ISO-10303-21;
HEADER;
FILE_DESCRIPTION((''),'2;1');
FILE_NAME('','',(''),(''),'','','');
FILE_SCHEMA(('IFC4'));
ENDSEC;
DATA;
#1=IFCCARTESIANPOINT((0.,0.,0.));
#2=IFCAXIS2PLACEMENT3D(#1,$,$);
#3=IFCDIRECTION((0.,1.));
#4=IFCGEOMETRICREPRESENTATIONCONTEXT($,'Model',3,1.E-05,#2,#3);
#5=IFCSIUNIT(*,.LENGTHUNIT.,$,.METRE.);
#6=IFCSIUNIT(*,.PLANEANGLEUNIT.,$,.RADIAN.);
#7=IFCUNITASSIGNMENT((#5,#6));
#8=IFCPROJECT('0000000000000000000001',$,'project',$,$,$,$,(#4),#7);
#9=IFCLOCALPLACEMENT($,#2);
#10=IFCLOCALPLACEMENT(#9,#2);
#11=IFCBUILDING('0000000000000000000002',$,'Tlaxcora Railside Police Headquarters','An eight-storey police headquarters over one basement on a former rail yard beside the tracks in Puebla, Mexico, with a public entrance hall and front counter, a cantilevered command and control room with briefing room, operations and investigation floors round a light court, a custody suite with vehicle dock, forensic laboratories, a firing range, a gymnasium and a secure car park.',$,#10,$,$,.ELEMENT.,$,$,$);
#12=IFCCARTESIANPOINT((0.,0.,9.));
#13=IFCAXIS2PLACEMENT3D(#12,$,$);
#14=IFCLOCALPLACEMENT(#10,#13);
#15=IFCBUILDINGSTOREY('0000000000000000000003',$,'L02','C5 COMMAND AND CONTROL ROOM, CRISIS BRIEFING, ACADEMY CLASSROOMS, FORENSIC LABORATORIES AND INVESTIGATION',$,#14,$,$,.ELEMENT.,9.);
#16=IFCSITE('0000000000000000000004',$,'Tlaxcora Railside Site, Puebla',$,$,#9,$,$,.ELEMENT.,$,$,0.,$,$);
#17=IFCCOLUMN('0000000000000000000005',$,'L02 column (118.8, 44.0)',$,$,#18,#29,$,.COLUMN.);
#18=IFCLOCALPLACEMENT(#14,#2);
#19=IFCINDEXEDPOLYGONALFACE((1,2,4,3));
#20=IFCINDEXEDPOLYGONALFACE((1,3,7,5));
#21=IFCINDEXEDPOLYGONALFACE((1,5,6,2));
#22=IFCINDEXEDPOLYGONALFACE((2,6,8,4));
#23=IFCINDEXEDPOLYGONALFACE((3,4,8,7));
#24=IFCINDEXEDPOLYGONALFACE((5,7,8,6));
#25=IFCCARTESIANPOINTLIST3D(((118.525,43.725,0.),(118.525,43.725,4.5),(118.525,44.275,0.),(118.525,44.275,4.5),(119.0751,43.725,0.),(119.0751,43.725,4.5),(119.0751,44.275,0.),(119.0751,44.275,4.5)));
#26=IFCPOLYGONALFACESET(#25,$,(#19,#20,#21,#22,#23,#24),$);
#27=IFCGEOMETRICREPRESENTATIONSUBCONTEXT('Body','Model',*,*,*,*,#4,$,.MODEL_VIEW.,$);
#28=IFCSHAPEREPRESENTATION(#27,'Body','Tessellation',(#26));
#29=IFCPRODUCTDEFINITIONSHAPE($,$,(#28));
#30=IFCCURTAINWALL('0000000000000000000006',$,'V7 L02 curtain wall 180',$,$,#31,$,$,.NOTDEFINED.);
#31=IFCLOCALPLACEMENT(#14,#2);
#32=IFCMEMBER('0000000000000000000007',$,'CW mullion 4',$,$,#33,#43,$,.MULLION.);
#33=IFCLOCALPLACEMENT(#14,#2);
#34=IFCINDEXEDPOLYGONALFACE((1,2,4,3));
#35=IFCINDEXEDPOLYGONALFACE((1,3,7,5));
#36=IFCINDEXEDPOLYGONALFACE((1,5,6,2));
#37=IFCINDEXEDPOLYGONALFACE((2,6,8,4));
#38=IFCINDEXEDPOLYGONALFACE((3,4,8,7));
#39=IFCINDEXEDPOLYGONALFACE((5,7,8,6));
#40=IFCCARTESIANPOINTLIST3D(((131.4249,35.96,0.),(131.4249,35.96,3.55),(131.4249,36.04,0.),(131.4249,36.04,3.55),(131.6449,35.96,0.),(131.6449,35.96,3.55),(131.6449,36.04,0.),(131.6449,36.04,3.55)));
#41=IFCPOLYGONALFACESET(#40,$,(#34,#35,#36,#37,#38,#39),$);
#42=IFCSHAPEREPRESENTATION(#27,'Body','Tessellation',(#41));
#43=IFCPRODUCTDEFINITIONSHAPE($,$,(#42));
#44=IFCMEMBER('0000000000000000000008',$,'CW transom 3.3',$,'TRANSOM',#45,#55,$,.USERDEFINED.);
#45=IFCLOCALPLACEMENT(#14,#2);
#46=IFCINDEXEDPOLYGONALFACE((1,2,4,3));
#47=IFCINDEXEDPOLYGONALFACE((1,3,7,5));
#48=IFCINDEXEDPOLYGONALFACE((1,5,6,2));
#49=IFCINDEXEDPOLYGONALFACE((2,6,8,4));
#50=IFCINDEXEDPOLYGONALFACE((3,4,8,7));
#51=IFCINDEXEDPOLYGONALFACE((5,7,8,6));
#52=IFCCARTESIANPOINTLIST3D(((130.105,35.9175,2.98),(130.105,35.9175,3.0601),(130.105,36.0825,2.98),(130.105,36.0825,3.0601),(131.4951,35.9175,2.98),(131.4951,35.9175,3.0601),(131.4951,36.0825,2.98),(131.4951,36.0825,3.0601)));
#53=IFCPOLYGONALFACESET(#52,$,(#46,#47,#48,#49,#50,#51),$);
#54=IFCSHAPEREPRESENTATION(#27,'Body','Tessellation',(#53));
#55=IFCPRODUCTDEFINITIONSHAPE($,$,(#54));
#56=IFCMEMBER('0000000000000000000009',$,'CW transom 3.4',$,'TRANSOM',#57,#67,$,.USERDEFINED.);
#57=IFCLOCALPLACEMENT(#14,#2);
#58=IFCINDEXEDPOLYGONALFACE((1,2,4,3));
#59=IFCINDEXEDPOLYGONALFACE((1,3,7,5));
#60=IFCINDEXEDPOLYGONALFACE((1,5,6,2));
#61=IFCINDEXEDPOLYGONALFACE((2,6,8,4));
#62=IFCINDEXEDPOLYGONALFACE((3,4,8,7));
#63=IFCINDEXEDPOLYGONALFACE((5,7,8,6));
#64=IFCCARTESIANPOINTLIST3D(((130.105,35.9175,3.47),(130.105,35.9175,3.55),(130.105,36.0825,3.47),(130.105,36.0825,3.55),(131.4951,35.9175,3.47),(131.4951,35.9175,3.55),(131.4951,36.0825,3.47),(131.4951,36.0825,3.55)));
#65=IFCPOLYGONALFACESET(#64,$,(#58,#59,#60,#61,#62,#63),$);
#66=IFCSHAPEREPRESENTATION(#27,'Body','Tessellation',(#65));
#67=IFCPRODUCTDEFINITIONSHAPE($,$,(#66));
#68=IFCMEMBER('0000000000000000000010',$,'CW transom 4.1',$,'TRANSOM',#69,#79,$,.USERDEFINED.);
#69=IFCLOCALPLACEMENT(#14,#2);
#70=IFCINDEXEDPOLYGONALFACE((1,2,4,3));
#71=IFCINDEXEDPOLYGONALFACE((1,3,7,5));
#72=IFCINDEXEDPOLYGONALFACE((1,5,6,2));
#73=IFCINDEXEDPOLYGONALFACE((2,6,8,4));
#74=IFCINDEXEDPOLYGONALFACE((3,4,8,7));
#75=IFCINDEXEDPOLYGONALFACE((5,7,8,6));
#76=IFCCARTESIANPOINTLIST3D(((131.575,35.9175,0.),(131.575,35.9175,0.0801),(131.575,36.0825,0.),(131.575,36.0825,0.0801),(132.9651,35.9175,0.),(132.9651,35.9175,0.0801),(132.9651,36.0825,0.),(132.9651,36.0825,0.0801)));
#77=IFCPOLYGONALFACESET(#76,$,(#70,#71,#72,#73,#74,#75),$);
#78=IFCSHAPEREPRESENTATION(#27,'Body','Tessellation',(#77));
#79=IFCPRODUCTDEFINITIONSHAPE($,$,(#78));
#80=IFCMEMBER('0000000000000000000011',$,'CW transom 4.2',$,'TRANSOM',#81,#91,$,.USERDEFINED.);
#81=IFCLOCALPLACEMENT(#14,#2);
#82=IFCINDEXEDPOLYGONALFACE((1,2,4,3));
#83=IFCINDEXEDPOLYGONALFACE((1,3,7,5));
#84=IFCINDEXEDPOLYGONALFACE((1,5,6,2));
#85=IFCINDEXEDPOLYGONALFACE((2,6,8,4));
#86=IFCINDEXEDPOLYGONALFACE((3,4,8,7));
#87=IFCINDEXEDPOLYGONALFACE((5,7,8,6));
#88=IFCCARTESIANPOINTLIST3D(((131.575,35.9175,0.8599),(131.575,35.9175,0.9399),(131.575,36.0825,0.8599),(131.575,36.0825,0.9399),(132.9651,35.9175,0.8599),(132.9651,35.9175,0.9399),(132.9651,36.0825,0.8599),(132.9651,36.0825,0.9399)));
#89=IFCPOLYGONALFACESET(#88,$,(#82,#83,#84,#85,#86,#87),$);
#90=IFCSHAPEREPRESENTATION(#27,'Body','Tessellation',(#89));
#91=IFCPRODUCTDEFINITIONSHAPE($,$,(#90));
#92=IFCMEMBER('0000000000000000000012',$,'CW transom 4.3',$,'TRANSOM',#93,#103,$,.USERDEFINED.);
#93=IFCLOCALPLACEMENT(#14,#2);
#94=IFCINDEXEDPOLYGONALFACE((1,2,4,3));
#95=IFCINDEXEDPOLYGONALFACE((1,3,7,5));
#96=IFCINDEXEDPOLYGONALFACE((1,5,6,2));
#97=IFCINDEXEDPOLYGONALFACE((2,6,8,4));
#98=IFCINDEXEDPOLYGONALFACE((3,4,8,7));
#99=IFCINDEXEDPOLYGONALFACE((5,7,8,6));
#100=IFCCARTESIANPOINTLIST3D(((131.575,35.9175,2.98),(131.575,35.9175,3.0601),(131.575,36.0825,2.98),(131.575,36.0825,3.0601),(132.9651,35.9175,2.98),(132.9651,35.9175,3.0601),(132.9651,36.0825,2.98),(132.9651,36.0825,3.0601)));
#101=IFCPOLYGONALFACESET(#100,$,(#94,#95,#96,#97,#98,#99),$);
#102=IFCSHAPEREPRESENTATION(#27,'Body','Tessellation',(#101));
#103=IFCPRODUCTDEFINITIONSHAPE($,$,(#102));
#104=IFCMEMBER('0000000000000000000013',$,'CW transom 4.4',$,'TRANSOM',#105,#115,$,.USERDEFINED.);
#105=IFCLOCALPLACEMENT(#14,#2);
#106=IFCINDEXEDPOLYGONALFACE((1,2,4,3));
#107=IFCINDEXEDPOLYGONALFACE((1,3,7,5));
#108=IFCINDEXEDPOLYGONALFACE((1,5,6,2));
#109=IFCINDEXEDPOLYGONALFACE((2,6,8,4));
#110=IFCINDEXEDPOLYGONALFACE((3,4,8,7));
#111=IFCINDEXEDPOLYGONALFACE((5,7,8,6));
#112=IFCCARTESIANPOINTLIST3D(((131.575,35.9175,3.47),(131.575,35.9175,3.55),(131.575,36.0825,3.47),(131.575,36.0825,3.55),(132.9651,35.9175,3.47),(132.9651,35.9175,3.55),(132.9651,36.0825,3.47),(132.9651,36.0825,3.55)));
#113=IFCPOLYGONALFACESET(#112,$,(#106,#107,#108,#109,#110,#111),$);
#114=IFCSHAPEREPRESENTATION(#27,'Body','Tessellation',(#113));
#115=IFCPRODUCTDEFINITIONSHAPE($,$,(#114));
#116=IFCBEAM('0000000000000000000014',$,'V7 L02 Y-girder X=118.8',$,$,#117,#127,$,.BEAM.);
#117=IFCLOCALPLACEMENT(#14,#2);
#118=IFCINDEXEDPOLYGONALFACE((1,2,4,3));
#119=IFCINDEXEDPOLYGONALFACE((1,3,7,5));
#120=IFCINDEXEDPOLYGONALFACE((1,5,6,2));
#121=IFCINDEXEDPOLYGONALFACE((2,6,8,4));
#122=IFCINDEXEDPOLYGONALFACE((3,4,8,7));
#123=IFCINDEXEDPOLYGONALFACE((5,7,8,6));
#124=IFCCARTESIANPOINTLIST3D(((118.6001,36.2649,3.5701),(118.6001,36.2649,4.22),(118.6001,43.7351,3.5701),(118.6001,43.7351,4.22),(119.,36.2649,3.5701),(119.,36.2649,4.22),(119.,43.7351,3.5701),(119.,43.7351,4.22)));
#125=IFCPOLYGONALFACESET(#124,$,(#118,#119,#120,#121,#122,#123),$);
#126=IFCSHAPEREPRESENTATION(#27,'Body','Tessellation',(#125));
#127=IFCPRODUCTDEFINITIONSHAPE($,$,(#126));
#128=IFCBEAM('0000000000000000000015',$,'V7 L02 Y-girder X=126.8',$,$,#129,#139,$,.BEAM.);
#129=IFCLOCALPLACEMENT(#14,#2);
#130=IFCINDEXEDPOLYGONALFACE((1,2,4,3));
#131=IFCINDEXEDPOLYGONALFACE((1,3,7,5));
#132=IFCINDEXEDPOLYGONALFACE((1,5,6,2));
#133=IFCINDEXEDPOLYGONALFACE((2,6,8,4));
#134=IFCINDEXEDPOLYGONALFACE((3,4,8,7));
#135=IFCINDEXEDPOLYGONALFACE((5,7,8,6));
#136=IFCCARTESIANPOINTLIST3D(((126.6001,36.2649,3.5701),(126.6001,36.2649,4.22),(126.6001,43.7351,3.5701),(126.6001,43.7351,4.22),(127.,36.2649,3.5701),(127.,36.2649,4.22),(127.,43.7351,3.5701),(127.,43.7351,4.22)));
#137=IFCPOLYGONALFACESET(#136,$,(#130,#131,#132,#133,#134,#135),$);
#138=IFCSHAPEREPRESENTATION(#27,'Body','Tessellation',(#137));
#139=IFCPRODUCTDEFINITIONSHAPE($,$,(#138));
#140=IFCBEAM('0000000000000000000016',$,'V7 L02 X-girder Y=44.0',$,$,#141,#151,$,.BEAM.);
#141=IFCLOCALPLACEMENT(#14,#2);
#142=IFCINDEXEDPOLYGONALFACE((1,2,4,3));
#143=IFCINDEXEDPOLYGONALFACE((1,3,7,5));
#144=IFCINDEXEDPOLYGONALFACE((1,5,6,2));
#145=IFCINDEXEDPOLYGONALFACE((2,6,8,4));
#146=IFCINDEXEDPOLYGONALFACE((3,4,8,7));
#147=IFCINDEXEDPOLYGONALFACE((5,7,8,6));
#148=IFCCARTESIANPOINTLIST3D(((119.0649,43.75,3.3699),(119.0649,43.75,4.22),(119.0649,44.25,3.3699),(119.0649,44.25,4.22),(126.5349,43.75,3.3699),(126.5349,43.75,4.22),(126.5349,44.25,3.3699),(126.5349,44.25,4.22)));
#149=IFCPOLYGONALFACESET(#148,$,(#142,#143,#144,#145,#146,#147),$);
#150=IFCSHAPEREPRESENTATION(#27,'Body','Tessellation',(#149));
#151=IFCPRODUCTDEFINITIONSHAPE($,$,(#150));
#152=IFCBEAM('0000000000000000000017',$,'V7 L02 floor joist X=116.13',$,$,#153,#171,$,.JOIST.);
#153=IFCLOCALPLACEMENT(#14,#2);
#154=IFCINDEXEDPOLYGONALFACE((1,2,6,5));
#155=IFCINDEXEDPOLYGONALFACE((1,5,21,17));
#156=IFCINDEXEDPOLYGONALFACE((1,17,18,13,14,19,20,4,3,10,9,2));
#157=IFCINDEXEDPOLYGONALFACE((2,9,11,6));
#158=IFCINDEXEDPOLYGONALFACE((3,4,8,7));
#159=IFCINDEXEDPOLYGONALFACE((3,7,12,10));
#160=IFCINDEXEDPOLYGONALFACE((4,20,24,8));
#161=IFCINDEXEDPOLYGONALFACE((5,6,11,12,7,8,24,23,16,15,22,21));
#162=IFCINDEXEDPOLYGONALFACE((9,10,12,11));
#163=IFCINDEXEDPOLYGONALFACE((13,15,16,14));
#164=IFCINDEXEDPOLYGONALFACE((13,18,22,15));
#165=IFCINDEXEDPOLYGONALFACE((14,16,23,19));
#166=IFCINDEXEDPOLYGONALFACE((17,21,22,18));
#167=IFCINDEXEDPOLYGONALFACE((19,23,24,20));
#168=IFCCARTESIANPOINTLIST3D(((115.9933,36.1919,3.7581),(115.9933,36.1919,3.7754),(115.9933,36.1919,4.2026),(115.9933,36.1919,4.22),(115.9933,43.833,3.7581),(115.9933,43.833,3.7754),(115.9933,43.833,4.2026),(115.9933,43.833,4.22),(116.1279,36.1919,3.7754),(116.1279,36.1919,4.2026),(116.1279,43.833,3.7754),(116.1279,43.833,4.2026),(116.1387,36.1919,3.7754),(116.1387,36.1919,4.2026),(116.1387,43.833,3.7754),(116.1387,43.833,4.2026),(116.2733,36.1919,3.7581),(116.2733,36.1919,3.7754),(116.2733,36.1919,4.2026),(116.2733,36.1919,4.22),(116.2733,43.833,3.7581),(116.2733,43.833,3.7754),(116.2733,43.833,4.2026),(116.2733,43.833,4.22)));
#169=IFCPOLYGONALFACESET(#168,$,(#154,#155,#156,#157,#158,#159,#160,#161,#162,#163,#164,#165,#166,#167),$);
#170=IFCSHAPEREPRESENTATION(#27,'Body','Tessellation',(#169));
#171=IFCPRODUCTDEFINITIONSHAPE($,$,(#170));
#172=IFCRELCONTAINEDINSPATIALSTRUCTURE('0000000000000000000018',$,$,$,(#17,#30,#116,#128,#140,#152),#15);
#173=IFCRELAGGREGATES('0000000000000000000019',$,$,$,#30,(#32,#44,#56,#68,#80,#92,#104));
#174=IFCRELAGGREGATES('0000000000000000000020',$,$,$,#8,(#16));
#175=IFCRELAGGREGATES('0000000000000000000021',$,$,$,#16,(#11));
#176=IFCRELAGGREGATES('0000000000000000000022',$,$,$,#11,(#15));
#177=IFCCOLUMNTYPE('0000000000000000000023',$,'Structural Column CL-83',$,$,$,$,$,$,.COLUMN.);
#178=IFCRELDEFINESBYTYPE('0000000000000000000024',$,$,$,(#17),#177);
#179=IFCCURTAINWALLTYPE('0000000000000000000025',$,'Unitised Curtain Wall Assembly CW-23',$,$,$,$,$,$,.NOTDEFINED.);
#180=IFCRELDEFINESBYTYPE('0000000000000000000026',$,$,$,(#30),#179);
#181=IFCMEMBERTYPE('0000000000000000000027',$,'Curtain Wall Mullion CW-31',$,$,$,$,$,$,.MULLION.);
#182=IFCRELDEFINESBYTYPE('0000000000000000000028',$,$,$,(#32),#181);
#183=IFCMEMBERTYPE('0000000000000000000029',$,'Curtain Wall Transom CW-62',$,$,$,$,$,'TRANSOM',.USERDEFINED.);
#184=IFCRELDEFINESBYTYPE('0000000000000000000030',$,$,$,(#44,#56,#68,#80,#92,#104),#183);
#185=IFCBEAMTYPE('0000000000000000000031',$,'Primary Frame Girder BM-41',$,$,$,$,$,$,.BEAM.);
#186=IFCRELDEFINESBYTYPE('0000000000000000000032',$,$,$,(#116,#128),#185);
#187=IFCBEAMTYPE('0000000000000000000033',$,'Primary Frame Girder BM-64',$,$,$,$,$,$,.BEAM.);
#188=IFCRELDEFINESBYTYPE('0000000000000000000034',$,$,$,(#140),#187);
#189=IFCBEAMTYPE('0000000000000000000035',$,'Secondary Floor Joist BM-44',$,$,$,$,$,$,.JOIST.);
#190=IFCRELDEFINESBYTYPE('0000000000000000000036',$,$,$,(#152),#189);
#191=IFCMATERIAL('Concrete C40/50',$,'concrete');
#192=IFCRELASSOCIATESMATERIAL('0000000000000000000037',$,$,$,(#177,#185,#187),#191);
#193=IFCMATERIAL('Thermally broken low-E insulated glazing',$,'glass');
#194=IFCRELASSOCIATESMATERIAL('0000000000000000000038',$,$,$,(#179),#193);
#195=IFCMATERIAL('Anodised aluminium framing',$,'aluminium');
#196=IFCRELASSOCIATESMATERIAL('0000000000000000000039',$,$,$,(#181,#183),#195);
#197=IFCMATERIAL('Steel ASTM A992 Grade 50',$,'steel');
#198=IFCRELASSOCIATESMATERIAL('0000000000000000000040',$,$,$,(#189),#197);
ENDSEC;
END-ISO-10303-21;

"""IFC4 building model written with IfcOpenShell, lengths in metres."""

from ifc_helpers import new_model, si_unit, direction, frame, origin, origin_2d, place, context, subcontext, project, spatial, rectangle, i_section, extrude, material, material_profile, profile_set, type_object, element, aggregate, save


model = new_model("IFC4")

# Units and contexts
model_context = context("Model", 3, precision=1e-05, world=origin(), true_north=direction((0.0, 1.0)))
body_context = subcontext(model_context, "Body", "Model", "MODEL_VIEW")
ifc_project = project(units=[si_unit("LENGTHUNIT", "METRE"), si_unit("PLANEANGLEUNIT", "RADIAN")], contexts=[model_context])

# Site, building, storey
site_placement = place(None, origin())
site = spatial("IfcSite", under=ifc_project, at=site_placement, Name="Tlaxcora Railside Site, Puebla", CompositionType="ELEMENT", RefElevation=0.0)
building_placement = place(site_placement, origin())
building = spatial("IfcBuilding", under=site, at=building_placement, Name="Tlaxcora Railside Police Headquarters", Description="An eight-storey police headquarters over one basement on a former rail yard beside the tracks in Puebla, Mexico, with a public entrance hall and front counter, a cantilevered command and control room with briefing room, operations and investigation floors round a light court, a custody suite with vehicle dock, forensic laboratories, a firing range, a gymnasium and a secure car park.", CompositionType="ELEMENT")
storey_placement = place(building_placement, frame((0.0, 0.0, 9.0)))
storey = spatial("IfcBuildingStorey", under=building, at=storey_placement, Name="L02", Description="C5 COMMAND AND CONTROL ROOM, CRISIS BRIEFING, ACADEMY CLASSROOMS, FORENSIC LABORATORIES AND INVESTIGATION", CompositionType="ELEMENT", Elevation=9.0)

# Column
ifc_material_1 = material(Name="Concrete C40/50", Category="concrete")
ifc_material_profile_1 = material_profile(ifc_material_1, rectangle(XDim=0.55, YDim=0.55, at=origin_2d()), Name="RC550X550")
ifc_profile_set_1 = profile_set([ifc_material_profile_1], Name="Concrete C40/50")
column_type = type_object("IfcColumnType", Name="Structural Column CL-83", PredefinedType="COLUMN", material=ifc_profile_set_1)
column_placement = place(storey_placement, frame((118.8, 44.0, 0.0), z_axis=(0.0, 0.0, 1.0), x_axis=(1.0, 0.0, 0.0)))
element("IfcColumn", 1, at=column_placement, inside=storey, type_object=column_type, Name="L02 column (118.8, 44.0)", PredefinedType="COLUMN", context=body_context, shape_type="SweptSolid", body=[
    extrude(rectangle(XDim=0.55, YDim=0.55, at=origin_2d()), origin(), (0.0, 0.0, 1.0), 4.5),
])

# Curtain wall, members
ifc_material_2 = material(Name="Thermally broken low-E insulated glazing", Category="glass")
curtain_wall_type = type_object("IfcCurtainWallType", Name="Unitised Curtain Wall Assembly CW-23", PredefinedType="NOTDEFINED", material=ifc_material_2)
curtain_wall_placement = place(storey_placement, origin())
curtain_wall = element("IfcCurtainWall", 2, at=curtain_wall_placement, inside=storey, type_object=curtain_wall_type, Name="V7 L02 curtain wall 180", PredefinedType="NOTDEFINED")
ifc_material_3 = material(Name="Anodised aluminium framing", Category="aluminium")
ifc_material_profile_2 = material_profile(ifc_material_3, rectangle(XDim=0.0801, YDim=0.22, at=origin_2d()), Name="AL80X220")
ifc_profile_set_2 = profile_set([ifc_material_profile_2], Name="Anodised aluminium framing")
member_type_1 = type_object("IfcMemberType", Name="Curtain Wall Mullion CW-31", PredefinedType="MULLION", material=ifc_profile_set_2)
member_1_placement = place(storey_placement, frame((131.5349, 36.0, 0.0), z_axis=(0.0, 0.0, 1.0), x_axis=(0.0, 1.0, 0.0)))
member_1 = element("IfcMember", 3, at=member_1_placement, type_object=member_type_1, Name="CW mullion 4", PredefinedType="MULLION", context=body_context, shape_type="SweptSolid", body=[
    extrude(rectangle(XDim=0.0801, YDim=0.22, at=origin_2d()), origin(), (0.0, 0.0, 1.0), 3.55),
])
ifc_material_profile_3 = material_profile(ifc_material_3, rectangle(XDim=0.165, YDim=0.0801, at=origin_2d()), Name="AL80X165")
ifc_profile_set_3 = profile_set([ifc_material_profile_3], Name="Anodised aluminium framing")
member_type_2 = type_object("IfcMemberType", Name="Curtain Wall Transom CW-62", ElementType="TRANSOM", PredefinedType="USERDEFINED", material=ifc_profile_set_3)
member_2_placement = place(storey_placement, frame((130.105, 36.0, 3.02), z_axis=(1.0, 0.0, 0.0), x_axis=(0.0, 1.0, 0.0)))
member_2 = element("IfcMember", 4, at=member_2_placement, type_object=member_type_2, Name="CW transom 3.3", ObjectType="TRANSOM", PredefinedType="USERDEFINED", context=body_context, shape_type="SweptSolid", body=[
    extrude(rectangle(XDim=0.165, YDim=0.0801, at=origin_2d()), origin(), (0.0, 0.0, 1.0), 1.3901),
])
member_3_placement = place(storey_placement, frame((130.105, 36.0, 3.51), z_axis=(1.0, 0.0, 0.0), x_axis=(0.0, 1.0, 0.0)))
member_3 = element("IfcMember", 5, at=member_3_placement, type_object=member_type_2, Name="CW transom 3.4", ObjectType="TRANSOM", PredefinedType="USERDEFINED", context=body_context, shape_type="SweptSolid", body=[
    extrude(rectangle(XDim=0.165, YDim=0.0801, at=origin_2d()), origin(), (0.0, 0.0, 1.0), 1.3901),
])
member_4_placement = place(storey_placement, frame((131.575, 36.0, 0.04), z_axis=(1.0, 0.0, 0.0), x_axis=(0.0, 1.0, 0.0)))
member_4 = element("IfcMember", 6, at=member_4_placement, type_object=member_type_2, Name="CW transom 4.1", ObjectType="TRANSOM", PredefinedType="USERDEFINED", context=body_context, shape_type="SweptSolid", body=[
    extrude(rectangle(XDim=0.165, YDim=0.0801, at=origin_2d()), origin(), (0.0, 0.0, 1.0), 1.3901),
])
member_5_placement = place(storey_placement, frame((131.575, 36.0, 0.8999), z_axis=(1.0, 0.0, 0.0), x_axis=(0.0, 1.0, 0.0)))
member_5 = element("IfcMember", 7, at=member_5_placement, type_object=member_type_2, Name="CW transom 4.2", ObjectType="TRANSOM", PredefinedType="USERDEFINED", context=body_context, shape_type="SweptSolid", body=[
    extrude(rectangle(XDim=0.165, YDim=0.0801, at=origin_2d()), origin(), (0.0, 0.0, 1.0), 1.3901),
])
member_6_placement = place(storey_placement, frame((131.575, 36.0, 3.02), z_axis=(1.0, 0.0, 0.0), x_axis=(0.0, 1.0, 0.0)))
member_6 = element("IfcMember", 8, at=member_6_placement, type_object=member_type_2, Name="CW transom 4.3", ObjectType="TRANSOM", PredefinedType="USERDEFINED", context=body_context, shape_type="SweptSolid", body=[
    extrude(rectangle(XDim=0.165, YDim=0.0801, at=origin_2d()), origin(), (0.0, 0.0, 1.0), 1.3901),
])
member_7_placement = place(storey_placement, frame((131.575, 36.0, 3.51), z_axis=(1.0, 0.0, 0.0), x_axis=(0.0, 1.0, 0.0)))
member_7 = element("IfcMember", 9, at=member_7_placement, type_object=member_type_2, Name="CW transom 4.4", ObjectType="TRANSOM", PredefinedType="USERDEFINED", context=body_context, shape_type="SweptSolid", body=[
    extrude(rectangle(XDim=0.165, YDim=0.0801, at=origin_2d()), origin(), (0.0, 0.0, 1.0), 1.3901),
])

# Beams
ifc_material_profile_4 = material_profile(ifc_material_1, rectangle(XDim=0.3999, YDim=0.6499, at=origin_2d()), Name="RC400X650")
ifc_profile_set_4 = profile_set([ifc_material_profile_4], Name="Concrete C40/50")
beam_type_1 = type_object("IfcBeamType", Name="Primary Frame Girder BM-41", PredefinedType="BEAM", material=ifc_profile_set_4)
for number, where, z_axis, x_axis, name in (
    (10, (118.8, 36.2649, 3.895), (0.0, 1.0, 0.0), (-1.0, 0.0, 0.0), "V7 L02 Y-girder X=118.8"),
    (11, (126.8, 36.2649, 3.895), (0.0, 1.0, 0.0), (-1.0, 0.0, 0.0), "V7 L02 Y-girder X=126.8"),
):
    element("IfcBeam", number, at=place(storey_placement, frame(where, z_axis=z_axis, x_axis=x_axis)), inside=storey, type_object=beam_type_1, Name=name, PredefinedType="BEAM", context=body_context, shape_type="SweptSolid", body=[
        extrude(rectangle(XDim=0.3999, YDim=0.6499, at=origin_2d()), origin(), (0.0, 0.0, 1.0), 7.4702),
    ])
ifc_material_profile_5 = material_profile(ifc_material_1, rectangle(XDim=0.5, YDim=0.8501, at=origin_2d()), Name="RC500X850")
ifc_profile_set_5 = profile_set([ifc_material_profile_5], Name="Concrete C40/50")
beam_type_2 = type_object("IfcBeamType", Name="Primary Frame Girder BM-64", PredefinedType="BEAM", material=ifc_profile_set_5)
beam_1_placement = place(storey_placement, frame((119.0649, 44.0, 3.7949), z_axis=(1.0, 0.0, 0.0), x_axis=(0.0, 1.0, 0.0)))
element("IfcBeam", 12, at=beam_1_placement, inside=storey, type_object=beam_type_2, Name="V7 L02 X-girder Y=44.0", PredefinedType="BEAM", context=body_context, shape_type="SweptSolid", body=[
    extrude(rectangle(XDim=0.5, YDim=0.8501, at=origin_2d()), origin(), (0.0, 0.0, 1.0), 7.47),
])
ifc_material_4 = material(Name="Steel ASTM A992 Grade 50", Category="steel")
ifc_material_profile_6 = material_profile(ifc_material_4, i_section(OverallWidth=0.28, OverallDepth=0.4619, WebThickness=0.0107, FlangeThickness=0.0173, at=origin_2d()), Name="W18X76")
ifc_profile_set_6 = profile_set([ifc_material_profile_6], Name="Steel ASTM A992 Grade 50")
beam_type_3 = type_object("IfcBeamType", Name="Secondary Floor Joist BM-44", PredefinedType="JOIST", material=ifc_profile_set_6)
beam_2_placement = place(storey_placement, frame((116.1333, 36.1919, 3.989), z_axis=(0.0, 1.0, 0.0), x_axis=(-1.0, 0.0, 0.0)))
element("IfcBeam", 13, at=beam_2_placement, inside=storey, type_object=beam_type_3, Name="V7 L02 floor joist X=116.13", PredefinedType="JOIST", context=body_context, shape_type="SweptSolid", body=[
    extrude(i_section(OverallWidth=0.28, OverallDepth=0.4619, WebThickness=0.0107, FlangeThickness=0.0173, at=origin_2d()), origin(), (0.0, 0.0, 1.0), 7.6411),
])

aggregate(curtain_wall, [member_1, member_2, member_3, member_4, member_5, member_6, member_7])

save(model, "model.ifc")
